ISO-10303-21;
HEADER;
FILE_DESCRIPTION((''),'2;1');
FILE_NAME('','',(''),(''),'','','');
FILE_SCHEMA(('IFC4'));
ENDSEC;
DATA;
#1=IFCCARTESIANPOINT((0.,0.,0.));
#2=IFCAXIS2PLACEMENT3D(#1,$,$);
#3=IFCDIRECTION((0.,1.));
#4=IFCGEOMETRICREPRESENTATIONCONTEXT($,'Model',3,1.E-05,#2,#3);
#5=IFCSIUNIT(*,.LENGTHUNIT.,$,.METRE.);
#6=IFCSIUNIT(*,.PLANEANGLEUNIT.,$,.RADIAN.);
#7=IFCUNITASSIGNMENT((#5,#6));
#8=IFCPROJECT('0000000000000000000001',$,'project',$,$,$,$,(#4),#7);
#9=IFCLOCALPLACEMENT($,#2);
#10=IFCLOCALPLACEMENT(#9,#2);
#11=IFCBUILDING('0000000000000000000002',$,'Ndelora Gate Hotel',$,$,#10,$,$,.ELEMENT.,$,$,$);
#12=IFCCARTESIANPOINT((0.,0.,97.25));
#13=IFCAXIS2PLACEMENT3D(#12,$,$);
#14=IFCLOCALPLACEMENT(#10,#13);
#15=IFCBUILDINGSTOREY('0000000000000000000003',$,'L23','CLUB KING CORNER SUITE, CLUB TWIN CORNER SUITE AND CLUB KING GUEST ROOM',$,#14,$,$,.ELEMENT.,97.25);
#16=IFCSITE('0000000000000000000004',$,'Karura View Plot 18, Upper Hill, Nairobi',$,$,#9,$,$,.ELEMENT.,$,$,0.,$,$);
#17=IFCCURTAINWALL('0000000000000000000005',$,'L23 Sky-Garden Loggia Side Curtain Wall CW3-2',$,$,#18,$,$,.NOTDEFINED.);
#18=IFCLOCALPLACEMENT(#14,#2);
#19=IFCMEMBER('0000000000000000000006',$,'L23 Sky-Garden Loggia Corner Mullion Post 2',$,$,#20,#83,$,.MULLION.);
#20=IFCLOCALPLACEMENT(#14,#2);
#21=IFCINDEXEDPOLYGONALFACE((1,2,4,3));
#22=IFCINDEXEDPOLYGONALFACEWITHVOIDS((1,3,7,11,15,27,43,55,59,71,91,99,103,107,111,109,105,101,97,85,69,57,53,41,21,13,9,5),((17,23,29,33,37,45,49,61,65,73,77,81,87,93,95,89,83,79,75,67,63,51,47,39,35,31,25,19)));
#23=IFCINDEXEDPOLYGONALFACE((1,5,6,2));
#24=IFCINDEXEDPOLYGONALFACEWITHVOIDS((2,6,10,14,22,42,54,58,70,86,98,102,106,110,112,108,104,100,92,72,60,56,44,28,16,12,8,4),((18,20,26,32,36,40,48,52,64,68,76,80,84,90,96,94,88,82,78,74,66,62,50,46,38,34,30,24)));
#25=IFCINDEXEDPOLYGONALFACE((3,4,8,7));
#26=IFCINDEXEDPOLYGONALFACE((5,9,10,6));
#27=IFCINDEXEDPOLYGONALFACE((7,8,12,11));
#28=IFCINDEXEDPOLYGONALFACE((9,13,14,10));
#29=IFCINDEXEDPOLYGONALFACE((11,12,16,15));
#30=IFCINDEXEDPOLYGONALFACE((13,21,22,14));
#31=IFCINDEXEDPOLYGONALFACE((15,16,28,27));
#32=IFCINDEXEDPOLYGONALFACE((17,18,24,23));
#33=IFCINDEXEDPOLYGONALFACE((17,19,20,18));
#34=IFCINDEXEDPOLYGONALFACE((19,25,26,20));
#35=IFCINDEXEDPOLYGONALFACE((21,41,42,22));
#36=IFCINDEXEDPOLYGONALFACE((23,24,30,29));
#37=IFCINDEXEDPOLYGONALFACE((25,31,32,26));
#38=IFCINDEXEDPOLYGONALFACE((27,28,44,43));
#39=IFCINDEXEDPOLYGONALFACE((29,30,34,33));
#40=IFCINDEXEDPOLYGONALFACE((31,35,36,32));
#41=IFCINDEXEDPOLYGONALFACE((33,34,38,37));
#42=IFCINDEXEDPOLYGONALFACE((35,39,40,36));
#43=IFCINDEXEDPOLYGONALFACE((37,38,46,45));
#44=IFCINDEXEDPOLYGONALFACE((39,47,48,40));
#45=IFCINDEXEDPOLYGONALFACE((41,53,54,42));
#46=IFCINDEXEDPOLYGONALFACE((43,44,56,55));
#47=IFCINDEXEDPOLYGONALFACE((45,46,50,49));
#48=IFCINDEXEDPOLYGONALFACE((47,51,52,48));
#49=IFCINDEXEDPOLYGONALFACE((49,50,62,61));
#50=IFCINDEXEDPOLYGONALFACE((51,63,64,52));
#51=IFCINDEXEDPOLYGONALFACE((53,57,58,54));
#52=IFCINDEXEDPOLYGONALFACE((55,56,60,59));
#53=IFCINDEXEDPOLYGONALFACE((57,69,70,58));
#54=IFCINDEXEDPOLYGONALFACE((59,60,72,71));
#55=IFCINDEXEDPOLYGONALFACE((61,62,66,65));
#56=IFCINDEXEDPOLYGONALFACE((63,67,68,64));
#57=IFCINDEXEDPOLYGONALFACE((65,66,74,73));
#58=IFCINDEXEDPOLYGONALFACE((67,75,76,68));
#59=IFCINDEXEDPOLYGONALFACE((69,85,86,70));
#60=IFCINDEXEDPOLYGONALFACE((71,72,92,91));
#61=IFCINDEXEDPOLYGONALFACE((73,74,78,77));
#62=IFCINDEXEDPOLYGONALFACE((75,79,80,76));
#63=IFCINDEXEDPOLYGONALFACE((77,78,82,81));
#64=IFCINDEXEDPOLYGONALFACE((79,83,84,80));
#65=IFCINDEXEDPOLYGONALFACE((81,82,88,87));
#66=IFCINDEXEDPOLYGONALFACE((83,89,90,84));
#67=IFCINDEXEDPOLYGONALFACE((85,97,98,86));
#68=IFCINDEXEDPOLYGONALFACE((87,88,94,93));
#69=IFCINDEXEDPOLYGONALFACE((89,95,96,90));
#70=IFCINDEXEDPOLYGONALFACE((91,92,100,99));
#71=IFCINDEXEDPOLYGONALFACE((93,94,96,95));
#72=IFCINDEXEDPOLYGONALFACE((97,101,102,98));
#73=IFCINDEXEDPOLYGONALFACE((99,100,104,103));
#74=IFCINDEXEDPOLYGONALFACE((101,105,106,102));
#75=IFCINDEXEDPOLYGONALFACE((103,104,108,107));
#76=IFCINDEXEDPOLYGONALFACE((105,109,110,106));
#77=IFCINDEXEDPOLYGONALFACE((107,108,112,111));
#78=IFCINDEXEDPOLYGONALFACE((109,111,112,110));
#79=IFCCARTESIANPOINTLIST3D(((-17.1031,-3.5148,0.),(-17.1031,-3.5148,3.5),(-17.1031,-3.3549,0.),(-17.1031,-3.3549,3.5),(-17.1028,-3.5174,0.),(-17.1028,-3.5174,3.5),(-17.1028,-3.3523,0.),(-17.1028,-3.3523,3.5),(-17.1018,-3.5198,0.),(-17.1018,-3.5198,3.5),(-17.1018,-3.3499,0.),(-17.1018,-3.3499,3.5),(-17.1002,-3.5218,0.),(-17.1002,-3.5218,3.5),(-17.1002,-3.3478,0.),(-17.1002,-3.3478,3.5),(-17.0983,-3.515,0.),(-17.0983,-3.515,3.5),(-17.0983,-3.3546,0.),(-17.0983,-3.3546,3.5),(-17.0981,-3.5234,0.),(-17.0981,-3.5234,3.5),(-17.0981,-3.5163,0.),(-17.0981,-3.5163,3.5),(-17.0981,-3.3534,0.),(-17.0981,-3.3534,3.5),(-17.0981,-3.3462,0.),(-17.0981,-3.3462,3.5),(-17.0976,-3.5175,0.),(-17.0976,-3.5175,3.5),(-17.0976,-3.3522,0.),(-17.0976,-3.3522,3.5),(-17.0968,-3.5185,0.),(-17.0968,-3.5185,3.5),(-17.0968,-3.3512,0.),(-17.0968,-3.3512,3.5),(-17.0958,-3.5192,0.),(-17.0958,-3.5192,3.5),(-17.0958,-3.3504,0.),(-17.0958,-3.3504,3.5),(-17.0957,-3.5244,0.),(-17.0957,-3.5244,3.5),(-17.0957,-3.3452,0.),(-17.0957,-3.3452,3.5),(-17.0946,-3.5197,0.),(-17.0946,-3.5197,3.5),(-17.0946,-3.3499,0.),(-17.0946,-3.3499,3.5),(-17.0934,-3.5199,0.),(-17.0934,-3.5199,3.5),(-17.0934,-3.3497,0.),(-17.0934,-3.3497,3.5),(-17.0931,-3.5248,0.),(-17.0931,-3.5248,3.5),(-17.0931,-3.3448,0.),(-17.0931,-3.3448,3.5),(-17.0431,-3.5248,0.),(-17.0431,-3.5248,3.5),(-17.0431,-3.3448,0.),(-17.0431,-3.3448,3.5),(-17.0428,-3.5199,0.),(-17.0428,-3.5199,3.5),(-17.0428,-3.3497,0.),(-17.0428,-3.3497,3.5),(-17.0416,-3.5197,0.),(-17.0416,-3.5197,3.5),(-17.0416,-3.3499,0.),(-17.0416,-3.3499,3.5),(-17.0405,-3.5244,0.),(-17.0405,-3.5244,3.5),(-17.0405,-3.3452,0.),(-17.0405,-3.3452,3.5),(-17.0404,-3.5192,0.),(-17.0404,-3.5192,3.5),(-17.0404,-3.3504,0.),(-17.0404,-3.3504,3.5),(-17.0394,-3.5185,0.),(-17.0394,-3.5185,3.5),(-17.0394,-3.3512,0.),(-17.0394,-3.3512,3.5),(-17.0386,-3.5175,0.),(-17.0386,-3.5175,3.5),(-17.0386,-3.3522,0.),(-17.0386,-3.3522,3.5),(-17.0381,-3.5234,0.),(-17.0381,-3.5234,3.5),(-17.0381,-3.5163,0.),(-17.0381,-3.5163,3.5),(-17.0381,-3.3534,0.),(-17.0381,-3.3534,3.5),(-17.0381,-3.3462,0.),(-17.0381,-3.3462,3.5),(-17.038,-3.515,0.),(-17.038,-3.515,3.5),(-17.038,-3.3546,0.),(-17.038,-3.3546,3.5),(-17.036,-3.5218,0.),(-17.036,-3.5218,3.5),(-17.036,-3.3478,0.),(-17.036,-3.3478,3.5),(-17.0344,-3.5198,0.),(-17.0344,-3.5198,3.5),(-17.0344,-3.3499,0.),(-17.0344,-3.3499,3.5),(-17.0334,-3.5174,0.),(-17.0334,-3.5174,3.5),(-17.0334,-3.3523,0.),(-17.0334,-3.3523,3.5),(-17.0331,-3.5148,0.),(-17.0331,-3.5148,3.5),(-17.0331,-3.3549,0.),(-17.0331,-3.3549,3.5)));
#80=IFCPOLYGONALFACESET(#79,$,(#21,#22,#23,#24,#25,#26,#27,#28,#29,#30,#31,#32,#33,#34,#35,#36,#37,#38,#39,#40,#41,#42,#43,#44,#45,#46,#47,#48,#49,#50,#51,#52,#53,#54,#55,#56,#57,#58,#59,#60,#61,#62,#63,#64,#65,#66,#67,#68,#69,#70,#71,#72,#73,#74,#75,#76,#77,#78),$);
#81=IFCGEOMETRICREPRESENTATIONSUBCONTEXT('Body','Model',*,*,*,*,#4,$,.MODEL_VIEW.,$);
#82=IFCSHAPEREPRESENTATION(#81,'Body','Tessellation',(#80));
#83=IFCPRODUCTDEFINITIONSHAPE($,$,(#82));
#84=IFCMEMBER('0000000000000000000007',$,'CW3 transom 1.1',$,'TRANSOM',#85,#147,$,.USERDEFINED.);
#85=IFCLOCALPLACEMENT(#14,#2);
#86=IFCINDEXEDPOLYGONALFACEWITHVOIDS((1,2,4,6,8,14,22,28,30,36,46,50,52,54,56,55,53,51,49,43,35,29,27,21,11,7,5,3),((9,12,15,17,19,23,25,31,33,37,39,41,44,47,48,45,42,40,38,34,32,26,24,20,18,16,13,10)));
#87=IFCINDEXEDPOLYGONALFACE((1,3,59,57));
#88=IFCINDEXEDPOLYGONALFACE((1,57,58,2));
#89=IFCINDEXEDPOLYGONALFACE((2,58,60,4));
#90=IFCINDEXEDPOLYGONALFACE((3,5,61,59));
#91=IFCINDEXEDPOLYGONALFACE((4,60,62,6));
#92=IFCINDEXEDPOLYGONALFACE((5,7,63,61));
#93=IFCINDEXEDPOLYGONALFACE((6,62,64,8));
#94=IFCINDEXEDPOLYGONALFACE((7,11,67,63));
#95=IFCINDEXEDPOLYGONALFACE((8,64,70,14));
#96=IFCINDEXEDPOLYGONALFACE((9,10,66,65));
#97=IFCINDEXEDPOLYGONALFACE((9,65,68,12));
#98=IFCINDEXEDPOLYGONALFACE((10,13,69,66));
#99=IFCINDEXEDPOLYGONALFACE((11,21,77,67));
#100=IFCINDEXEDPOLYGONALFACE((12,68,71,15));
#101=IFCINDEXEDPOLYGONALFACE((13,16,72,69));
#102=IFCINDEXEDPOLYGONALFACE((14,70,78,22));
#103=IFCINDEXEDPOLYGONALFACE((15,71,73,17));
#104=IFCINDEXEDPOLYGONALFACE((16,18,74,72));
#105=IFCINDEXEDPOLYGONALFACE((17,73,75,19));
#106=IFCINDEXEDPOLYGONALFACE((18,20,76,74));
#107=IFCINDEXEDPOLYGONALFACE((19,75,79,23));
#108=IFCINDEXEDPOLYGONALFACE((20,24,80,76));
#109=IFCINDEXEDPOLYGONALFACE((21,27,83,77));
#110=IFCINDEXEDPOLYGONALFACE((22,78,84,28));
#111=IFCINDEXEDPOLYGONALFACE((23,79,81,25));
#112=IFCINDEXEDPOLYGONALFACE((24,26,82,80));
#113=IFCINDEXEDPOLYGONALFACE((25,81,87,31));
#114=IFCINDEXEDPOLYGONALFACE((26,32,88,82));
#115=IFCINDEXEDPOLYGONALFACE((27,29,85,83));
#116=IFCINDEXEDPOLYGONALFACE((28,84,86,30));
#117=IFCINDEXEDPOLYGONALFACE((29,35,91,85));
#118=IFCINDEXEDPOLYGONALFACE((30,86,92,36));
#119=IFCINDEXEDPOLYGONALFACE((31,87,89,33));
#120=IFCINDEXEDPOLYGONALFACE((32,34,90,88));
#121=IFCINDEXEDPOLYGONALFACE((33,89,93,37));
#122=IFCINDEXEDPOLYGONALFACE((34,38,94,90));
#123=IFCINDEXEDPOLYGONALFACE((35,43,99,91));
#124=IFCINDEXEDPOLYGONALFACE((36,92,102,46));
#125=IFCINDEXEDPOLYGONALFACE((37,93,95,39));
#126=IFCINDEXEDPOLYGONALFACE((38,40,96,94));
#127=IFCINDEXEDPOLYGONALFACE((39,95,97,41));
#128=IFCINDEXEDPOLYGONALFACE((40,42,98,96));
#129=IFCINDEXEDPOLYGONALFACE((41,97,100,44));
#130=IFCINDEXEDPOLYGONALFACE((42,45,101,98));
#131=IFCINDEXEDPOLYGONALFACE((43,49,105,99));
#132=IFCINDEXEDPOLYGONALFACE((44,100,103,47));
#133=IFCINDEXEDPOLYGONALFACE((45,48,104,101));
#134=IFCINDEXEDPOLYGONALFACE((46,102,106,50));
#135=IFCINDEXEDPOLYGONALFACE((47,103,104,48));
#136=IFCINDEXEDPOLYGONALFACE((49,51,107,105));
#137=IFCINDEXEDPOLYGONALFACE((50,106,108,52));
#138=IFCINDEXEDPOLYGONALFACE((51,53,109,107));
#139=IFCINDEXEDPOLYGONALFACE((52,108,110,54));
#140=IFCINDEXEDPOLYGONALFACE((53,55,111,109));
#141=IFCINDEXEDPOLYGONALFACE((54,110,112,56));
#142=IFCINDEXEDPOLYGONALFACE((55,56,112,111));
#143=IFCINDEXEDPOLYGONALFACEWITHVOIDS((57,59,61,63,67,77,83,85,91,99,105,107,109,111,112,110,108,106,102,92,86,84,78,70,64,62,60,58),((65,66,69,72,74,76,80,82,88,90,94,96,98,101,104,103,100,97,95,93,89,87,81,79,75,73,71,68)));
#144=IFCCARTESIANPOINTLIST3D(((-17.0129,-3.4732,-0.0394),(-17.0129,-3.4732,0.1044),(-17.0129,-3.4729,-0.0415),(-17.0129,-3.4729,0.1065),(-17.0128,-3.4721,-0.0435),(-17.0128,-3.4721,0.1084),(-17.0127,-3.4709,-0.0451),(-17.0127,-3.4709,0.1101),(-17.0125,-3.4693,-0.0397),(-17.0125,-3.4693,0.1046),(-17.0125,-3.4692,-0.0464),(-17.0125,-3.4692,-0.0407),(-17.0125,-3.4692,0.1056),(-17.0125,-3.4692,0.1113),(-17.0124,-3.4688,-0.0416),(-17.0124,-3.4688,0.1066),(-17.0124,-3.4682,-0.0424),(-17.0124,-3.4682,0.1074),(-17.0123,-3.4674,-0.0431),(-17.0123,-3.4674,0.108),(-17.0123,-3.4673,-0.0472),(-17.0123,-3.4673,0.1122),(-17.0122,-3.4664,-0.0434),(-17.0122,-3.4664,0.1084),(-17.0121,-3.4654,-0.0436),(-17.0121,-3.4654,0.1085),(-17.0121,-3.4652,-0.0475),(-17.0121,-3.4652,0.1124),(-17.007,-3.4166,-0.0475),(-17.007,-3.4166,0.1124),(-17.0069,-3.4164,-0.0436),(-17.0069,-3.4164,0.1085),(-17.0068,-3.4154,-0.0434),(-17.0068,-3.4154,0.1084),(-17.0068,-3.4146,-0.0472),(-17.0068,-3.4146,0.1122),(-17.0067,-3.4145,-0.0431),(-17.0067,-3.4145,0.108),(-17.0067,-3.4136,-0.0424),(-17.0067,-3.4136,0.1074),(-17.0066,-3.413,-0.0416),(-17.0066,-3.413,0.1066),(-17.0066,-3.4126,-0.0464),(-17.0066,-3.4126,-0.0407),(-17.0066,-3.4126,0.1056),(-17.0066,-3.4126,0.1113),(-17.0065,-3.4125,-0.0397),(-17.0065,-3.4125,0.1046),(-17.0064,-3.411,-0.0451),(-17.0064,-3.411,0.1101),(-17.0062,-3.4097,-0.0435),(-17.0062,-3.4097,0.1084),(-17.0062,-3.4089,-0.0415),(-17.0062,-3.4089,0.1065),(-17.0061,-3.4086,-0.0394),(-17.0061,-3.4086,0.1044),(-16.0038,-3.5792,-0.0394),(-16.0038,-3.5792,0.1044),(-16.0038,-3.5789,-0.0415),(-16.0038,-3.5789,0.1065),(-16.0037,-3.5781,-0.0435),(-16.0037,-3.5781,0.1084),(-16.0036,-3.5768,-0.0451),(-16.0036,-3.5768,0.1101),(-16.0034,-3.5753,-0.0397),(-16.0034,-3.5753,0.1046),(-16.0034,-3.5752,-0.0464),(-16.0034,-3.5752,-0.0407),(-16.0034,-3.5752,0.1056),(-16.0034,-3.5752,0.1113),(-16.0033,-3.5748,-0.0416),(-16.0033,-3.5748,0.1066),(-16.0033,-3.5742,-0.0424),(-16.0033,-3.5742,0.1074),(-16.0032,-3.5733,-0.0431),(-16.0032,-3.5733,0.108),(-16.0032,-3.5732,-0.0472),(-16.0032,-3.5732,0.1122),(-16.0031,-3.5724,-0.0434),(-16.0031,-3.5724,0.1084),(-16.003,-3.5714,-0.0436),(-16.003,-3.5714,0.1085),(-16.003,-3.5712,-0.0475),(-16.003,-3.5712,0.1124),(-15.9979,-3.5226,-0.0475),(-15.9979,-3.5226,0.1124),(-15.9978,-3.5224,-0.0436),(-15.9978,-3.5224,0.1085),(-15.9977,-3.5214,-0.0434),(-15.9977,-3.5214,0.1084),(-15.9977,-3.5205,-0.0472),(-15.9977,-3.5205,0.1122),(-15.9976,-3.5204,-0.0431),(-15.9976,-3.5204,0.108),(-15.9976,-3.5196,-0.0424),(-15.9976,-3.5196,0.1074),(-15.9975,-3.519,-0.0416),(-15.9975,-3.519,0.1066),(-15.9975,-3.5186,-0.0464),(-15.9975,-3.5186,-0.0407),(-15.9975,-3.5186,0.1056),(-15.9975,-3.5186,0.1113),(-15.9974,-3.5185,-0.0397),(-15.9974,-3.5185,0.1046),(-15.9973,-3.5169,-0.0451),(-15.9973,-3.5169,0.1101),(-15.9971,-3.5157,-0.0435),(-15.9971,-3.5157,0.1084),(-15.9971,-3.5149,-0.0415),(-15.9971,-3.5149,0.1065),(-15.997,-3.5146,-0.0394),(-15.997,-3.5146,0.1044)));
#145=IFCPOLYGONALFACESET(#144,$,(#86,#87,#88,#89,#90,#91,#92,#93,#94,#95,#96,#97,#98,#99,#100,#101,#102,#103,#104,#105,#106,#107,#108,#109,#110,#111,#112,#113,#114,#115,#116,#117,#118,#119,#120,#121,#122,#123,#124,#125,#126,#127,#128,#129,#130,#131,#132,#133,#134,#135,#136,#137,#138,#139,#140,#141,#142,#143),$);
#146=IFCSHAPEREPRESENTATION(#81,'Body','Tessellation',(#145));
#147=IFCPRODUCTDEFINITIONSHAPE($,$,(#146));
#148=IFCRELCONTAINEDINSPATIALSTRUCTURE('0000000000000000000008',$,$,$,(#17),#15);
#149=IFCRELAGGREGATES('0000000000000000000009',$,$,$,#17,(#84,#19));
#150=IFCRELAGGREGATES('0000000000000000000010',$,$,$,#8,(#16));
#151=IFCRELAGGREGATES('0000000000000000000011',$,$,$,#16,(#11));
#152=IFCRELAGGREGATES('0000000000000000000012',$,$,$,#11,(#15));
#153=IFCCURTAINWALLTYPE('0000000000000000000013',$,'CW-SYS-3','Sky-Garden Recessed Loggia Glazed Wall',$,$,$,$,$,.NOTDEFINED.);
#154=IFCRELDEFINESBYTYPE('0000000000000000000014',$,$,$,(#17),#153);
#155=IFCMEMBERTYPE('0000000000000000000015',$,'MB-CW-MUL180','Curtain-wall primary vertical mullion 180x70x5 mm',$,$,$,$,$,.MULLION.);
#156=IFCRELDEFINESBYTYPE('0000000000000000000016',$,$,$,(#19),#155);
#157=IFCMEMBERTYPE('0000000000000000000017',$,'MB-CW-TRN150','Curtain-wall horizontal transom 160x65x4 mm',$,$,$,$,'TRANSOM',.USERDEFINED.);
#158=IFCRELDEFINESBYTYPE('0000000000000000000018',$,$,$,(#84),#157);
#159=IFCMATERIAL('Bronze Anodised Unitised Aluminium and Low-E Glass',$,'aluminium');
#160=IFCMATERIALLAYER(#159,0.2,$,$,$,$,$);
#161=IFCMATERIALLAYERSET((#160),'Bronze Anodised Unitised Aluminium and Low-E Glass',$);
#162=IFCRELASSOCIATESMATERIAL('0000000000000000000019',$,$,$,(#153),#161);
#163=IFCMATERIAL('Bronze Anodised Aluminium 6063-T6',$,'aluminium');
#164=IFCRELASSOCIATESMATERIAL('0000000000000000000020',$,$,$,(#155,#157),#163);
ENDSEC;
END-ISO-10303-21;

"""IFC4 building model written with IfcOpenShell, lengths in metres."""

from ifc_helpers import new_model, si_unit, direction, frame, origin, origin_2d, place, context, subcontext, project, spatial, hollow_rectangle, extrude, material, layer, layer_set, material_profile, profile_set, type_object, element, aggregate, save


model = new_model("IFC4")

# Units and contexts
model_context = context("Model", 3, precision=1e-05, world=origin(), true_north=direction((0.0, 1.0)))
body_context = subcontext(model_context, "Body", "Model", "MODEL_VIEW")
ifc_project = project(units=[si_unit("LENGTHUNIT", "METRE"), si_unit("PLANEANGLEUNIT", "RADIAN")], contexts=[model_context])

# Site, building, storey
site_placement = place(None, origin())
site = spatial("IfcSite", under=ifc_project, at=site_placement, Name="Karura View Plot 18, Upper Hill, Nairobi", CompositionType="ELEMENT", RefElevation=0.0)
building_placement = place(site_placement, origin())
building = spatial("IfcBuilding", under=site, at=building_placement, Name="Ndelora Gate Hotel", CompositionType="ELEMENT")
storey_placement = place(building_placement, frame((0.0, 0.0, 97.25)))
storey = spatial("IfcBuildingStorey", under=building, at=storey_placement, Name="L23", Description="CLUB KING CORNER SUITE, CLUB TWIN CORNER SUITE AND CLUB KING GUEST ROOM", CompositionType="ELEMENT", Elevation=97.25)

# Curtain wall, members
ifc_material_1 = material(Name="Bronze Anodised Unitised Aluminium and Low-E Glass", Category="aluminium")
ifc_layer_1 = layer(ifc_material_1, 0.2)
ifc_layer_set_1 = layer_set([ifc_layer_1], Name="Bronze Anodised Unitised Aluminium and Low-E Glass")
curtain_wall_type = type_object("IfcCurtainWallType", Name="CW-SYS-3", Description="Sky-Garden Recessed Loggia Glazed Wall", PredefinedType="NOTDEFINED", material=ifc_layer_set_1)
curtain_wall_placement = place(storey_placement, origin())
curtain_wall = element("IfcCurtainWall", 1, at=curtain_wall_placement, inside=storey, type_object=curtain_wall_type, Name="L23 Sky-Garden Loggia Side Curtain Wall CW3-2", PredefinedType="NOTDEFINED")
ifc_material_2 = material(Name="Bronze Anodised Aluminium 6063-T6", Category="aluminium")
ifc_material_profile_1 = material_profile(ifc_material_2, hollow_rectangle(XDim=0.0701, YDim=0.1799, WallThickness=0.0049, InnerFilletRadius=0.0049, OuterFilletRadius=0.01, at=origin_2d()), Name="ALU 180x70x5")
ifc_profile_set_1 = profile_set([ifc_material_profile_1], Name="Bronze Anodised Aluminium 6063-T6")
member_type_1 = type_object("IfcMemberType", Name="MB-CW-MUL180", Description="Curtain-wall primary vertical mullion 180x70x5 mm", PredefinedType="MULLION", material=ifc_profile_set_1)
member_1_placement = place(storey_placement, frame((-17.0681, -3.4348, 0.0), z_axis=(0.0, 0.0, 1.0), x_axis=(1.0, 0.0, 0.0)))
member_1 = element("IfcMember", 2, at=member_1_placement, type_object=member_type_1, Name="L23 Sky-Garden Loggia Corner Mullion Post 2", PredefinedType="MULLION", context=body_context, shape_type="SweptSolid", body=[
    extrude(hollow_rectangle(XDim=0.0701, YDim=0.1799, WallThickness=0.0049, InnerFilletRadius=0.0049, OuterFilletRadius=0.01, at=origin_2d()), origin(), (0.0, 0.0, 1.0), 3.5),
])
ifc_material_profile_2 = material_profile(ifc_material_2, hollow_rectangle(XDim=0.0649, YDim=0.1599, WallThickness=0.0039, InnerFilletRadius=0.0039, OuterFilletRadius=0.0081, at=origin_2d()), Name="ALU 160x65x4")
ifc_profile_set_2 = profile_set([ifc_material_profile_2], Name="Bronze Anodised Aluminium 6063-T6")
member_type_2 = type_object("IfcMemberType", Name="MB-CW-TRN150", Description="Curtain-wall horizontal transom 160x65x4 mm", ElementType="TRANSOM", PredefinedType="USERDEFINED", material=ifc_profile_set_2)
member_2_placement = place(storey_placement, frame((-17.0095, -3.4409, 0.0325), z_axis=(0.994532, -0.104434, 0.0), x_axis=(0.104434, 0.994532, 0.0)))
member_2 = element("IfcMember", 3, at=member_2_placement, type_object=member_type_2, Name="CW3 transom 1.1", ObjectType="TRANSOM", PredefinedType="USERDEFINED", context=body_context, shape_type="SweptSolid", body=[
    extrude(hollow_rectangle(XDim=0.0649, YDim=0.1599, WallThickness=0.0039, InnerFilletRadius=0.0039, OuterFilletRadius=0.0081, at=origin_2d()), origin(), (0.0, 0.0, 1.0), 1.0146),
])
aggregate(curtain_wall, [member_2, member_1])

save(model, "model.ifc")
